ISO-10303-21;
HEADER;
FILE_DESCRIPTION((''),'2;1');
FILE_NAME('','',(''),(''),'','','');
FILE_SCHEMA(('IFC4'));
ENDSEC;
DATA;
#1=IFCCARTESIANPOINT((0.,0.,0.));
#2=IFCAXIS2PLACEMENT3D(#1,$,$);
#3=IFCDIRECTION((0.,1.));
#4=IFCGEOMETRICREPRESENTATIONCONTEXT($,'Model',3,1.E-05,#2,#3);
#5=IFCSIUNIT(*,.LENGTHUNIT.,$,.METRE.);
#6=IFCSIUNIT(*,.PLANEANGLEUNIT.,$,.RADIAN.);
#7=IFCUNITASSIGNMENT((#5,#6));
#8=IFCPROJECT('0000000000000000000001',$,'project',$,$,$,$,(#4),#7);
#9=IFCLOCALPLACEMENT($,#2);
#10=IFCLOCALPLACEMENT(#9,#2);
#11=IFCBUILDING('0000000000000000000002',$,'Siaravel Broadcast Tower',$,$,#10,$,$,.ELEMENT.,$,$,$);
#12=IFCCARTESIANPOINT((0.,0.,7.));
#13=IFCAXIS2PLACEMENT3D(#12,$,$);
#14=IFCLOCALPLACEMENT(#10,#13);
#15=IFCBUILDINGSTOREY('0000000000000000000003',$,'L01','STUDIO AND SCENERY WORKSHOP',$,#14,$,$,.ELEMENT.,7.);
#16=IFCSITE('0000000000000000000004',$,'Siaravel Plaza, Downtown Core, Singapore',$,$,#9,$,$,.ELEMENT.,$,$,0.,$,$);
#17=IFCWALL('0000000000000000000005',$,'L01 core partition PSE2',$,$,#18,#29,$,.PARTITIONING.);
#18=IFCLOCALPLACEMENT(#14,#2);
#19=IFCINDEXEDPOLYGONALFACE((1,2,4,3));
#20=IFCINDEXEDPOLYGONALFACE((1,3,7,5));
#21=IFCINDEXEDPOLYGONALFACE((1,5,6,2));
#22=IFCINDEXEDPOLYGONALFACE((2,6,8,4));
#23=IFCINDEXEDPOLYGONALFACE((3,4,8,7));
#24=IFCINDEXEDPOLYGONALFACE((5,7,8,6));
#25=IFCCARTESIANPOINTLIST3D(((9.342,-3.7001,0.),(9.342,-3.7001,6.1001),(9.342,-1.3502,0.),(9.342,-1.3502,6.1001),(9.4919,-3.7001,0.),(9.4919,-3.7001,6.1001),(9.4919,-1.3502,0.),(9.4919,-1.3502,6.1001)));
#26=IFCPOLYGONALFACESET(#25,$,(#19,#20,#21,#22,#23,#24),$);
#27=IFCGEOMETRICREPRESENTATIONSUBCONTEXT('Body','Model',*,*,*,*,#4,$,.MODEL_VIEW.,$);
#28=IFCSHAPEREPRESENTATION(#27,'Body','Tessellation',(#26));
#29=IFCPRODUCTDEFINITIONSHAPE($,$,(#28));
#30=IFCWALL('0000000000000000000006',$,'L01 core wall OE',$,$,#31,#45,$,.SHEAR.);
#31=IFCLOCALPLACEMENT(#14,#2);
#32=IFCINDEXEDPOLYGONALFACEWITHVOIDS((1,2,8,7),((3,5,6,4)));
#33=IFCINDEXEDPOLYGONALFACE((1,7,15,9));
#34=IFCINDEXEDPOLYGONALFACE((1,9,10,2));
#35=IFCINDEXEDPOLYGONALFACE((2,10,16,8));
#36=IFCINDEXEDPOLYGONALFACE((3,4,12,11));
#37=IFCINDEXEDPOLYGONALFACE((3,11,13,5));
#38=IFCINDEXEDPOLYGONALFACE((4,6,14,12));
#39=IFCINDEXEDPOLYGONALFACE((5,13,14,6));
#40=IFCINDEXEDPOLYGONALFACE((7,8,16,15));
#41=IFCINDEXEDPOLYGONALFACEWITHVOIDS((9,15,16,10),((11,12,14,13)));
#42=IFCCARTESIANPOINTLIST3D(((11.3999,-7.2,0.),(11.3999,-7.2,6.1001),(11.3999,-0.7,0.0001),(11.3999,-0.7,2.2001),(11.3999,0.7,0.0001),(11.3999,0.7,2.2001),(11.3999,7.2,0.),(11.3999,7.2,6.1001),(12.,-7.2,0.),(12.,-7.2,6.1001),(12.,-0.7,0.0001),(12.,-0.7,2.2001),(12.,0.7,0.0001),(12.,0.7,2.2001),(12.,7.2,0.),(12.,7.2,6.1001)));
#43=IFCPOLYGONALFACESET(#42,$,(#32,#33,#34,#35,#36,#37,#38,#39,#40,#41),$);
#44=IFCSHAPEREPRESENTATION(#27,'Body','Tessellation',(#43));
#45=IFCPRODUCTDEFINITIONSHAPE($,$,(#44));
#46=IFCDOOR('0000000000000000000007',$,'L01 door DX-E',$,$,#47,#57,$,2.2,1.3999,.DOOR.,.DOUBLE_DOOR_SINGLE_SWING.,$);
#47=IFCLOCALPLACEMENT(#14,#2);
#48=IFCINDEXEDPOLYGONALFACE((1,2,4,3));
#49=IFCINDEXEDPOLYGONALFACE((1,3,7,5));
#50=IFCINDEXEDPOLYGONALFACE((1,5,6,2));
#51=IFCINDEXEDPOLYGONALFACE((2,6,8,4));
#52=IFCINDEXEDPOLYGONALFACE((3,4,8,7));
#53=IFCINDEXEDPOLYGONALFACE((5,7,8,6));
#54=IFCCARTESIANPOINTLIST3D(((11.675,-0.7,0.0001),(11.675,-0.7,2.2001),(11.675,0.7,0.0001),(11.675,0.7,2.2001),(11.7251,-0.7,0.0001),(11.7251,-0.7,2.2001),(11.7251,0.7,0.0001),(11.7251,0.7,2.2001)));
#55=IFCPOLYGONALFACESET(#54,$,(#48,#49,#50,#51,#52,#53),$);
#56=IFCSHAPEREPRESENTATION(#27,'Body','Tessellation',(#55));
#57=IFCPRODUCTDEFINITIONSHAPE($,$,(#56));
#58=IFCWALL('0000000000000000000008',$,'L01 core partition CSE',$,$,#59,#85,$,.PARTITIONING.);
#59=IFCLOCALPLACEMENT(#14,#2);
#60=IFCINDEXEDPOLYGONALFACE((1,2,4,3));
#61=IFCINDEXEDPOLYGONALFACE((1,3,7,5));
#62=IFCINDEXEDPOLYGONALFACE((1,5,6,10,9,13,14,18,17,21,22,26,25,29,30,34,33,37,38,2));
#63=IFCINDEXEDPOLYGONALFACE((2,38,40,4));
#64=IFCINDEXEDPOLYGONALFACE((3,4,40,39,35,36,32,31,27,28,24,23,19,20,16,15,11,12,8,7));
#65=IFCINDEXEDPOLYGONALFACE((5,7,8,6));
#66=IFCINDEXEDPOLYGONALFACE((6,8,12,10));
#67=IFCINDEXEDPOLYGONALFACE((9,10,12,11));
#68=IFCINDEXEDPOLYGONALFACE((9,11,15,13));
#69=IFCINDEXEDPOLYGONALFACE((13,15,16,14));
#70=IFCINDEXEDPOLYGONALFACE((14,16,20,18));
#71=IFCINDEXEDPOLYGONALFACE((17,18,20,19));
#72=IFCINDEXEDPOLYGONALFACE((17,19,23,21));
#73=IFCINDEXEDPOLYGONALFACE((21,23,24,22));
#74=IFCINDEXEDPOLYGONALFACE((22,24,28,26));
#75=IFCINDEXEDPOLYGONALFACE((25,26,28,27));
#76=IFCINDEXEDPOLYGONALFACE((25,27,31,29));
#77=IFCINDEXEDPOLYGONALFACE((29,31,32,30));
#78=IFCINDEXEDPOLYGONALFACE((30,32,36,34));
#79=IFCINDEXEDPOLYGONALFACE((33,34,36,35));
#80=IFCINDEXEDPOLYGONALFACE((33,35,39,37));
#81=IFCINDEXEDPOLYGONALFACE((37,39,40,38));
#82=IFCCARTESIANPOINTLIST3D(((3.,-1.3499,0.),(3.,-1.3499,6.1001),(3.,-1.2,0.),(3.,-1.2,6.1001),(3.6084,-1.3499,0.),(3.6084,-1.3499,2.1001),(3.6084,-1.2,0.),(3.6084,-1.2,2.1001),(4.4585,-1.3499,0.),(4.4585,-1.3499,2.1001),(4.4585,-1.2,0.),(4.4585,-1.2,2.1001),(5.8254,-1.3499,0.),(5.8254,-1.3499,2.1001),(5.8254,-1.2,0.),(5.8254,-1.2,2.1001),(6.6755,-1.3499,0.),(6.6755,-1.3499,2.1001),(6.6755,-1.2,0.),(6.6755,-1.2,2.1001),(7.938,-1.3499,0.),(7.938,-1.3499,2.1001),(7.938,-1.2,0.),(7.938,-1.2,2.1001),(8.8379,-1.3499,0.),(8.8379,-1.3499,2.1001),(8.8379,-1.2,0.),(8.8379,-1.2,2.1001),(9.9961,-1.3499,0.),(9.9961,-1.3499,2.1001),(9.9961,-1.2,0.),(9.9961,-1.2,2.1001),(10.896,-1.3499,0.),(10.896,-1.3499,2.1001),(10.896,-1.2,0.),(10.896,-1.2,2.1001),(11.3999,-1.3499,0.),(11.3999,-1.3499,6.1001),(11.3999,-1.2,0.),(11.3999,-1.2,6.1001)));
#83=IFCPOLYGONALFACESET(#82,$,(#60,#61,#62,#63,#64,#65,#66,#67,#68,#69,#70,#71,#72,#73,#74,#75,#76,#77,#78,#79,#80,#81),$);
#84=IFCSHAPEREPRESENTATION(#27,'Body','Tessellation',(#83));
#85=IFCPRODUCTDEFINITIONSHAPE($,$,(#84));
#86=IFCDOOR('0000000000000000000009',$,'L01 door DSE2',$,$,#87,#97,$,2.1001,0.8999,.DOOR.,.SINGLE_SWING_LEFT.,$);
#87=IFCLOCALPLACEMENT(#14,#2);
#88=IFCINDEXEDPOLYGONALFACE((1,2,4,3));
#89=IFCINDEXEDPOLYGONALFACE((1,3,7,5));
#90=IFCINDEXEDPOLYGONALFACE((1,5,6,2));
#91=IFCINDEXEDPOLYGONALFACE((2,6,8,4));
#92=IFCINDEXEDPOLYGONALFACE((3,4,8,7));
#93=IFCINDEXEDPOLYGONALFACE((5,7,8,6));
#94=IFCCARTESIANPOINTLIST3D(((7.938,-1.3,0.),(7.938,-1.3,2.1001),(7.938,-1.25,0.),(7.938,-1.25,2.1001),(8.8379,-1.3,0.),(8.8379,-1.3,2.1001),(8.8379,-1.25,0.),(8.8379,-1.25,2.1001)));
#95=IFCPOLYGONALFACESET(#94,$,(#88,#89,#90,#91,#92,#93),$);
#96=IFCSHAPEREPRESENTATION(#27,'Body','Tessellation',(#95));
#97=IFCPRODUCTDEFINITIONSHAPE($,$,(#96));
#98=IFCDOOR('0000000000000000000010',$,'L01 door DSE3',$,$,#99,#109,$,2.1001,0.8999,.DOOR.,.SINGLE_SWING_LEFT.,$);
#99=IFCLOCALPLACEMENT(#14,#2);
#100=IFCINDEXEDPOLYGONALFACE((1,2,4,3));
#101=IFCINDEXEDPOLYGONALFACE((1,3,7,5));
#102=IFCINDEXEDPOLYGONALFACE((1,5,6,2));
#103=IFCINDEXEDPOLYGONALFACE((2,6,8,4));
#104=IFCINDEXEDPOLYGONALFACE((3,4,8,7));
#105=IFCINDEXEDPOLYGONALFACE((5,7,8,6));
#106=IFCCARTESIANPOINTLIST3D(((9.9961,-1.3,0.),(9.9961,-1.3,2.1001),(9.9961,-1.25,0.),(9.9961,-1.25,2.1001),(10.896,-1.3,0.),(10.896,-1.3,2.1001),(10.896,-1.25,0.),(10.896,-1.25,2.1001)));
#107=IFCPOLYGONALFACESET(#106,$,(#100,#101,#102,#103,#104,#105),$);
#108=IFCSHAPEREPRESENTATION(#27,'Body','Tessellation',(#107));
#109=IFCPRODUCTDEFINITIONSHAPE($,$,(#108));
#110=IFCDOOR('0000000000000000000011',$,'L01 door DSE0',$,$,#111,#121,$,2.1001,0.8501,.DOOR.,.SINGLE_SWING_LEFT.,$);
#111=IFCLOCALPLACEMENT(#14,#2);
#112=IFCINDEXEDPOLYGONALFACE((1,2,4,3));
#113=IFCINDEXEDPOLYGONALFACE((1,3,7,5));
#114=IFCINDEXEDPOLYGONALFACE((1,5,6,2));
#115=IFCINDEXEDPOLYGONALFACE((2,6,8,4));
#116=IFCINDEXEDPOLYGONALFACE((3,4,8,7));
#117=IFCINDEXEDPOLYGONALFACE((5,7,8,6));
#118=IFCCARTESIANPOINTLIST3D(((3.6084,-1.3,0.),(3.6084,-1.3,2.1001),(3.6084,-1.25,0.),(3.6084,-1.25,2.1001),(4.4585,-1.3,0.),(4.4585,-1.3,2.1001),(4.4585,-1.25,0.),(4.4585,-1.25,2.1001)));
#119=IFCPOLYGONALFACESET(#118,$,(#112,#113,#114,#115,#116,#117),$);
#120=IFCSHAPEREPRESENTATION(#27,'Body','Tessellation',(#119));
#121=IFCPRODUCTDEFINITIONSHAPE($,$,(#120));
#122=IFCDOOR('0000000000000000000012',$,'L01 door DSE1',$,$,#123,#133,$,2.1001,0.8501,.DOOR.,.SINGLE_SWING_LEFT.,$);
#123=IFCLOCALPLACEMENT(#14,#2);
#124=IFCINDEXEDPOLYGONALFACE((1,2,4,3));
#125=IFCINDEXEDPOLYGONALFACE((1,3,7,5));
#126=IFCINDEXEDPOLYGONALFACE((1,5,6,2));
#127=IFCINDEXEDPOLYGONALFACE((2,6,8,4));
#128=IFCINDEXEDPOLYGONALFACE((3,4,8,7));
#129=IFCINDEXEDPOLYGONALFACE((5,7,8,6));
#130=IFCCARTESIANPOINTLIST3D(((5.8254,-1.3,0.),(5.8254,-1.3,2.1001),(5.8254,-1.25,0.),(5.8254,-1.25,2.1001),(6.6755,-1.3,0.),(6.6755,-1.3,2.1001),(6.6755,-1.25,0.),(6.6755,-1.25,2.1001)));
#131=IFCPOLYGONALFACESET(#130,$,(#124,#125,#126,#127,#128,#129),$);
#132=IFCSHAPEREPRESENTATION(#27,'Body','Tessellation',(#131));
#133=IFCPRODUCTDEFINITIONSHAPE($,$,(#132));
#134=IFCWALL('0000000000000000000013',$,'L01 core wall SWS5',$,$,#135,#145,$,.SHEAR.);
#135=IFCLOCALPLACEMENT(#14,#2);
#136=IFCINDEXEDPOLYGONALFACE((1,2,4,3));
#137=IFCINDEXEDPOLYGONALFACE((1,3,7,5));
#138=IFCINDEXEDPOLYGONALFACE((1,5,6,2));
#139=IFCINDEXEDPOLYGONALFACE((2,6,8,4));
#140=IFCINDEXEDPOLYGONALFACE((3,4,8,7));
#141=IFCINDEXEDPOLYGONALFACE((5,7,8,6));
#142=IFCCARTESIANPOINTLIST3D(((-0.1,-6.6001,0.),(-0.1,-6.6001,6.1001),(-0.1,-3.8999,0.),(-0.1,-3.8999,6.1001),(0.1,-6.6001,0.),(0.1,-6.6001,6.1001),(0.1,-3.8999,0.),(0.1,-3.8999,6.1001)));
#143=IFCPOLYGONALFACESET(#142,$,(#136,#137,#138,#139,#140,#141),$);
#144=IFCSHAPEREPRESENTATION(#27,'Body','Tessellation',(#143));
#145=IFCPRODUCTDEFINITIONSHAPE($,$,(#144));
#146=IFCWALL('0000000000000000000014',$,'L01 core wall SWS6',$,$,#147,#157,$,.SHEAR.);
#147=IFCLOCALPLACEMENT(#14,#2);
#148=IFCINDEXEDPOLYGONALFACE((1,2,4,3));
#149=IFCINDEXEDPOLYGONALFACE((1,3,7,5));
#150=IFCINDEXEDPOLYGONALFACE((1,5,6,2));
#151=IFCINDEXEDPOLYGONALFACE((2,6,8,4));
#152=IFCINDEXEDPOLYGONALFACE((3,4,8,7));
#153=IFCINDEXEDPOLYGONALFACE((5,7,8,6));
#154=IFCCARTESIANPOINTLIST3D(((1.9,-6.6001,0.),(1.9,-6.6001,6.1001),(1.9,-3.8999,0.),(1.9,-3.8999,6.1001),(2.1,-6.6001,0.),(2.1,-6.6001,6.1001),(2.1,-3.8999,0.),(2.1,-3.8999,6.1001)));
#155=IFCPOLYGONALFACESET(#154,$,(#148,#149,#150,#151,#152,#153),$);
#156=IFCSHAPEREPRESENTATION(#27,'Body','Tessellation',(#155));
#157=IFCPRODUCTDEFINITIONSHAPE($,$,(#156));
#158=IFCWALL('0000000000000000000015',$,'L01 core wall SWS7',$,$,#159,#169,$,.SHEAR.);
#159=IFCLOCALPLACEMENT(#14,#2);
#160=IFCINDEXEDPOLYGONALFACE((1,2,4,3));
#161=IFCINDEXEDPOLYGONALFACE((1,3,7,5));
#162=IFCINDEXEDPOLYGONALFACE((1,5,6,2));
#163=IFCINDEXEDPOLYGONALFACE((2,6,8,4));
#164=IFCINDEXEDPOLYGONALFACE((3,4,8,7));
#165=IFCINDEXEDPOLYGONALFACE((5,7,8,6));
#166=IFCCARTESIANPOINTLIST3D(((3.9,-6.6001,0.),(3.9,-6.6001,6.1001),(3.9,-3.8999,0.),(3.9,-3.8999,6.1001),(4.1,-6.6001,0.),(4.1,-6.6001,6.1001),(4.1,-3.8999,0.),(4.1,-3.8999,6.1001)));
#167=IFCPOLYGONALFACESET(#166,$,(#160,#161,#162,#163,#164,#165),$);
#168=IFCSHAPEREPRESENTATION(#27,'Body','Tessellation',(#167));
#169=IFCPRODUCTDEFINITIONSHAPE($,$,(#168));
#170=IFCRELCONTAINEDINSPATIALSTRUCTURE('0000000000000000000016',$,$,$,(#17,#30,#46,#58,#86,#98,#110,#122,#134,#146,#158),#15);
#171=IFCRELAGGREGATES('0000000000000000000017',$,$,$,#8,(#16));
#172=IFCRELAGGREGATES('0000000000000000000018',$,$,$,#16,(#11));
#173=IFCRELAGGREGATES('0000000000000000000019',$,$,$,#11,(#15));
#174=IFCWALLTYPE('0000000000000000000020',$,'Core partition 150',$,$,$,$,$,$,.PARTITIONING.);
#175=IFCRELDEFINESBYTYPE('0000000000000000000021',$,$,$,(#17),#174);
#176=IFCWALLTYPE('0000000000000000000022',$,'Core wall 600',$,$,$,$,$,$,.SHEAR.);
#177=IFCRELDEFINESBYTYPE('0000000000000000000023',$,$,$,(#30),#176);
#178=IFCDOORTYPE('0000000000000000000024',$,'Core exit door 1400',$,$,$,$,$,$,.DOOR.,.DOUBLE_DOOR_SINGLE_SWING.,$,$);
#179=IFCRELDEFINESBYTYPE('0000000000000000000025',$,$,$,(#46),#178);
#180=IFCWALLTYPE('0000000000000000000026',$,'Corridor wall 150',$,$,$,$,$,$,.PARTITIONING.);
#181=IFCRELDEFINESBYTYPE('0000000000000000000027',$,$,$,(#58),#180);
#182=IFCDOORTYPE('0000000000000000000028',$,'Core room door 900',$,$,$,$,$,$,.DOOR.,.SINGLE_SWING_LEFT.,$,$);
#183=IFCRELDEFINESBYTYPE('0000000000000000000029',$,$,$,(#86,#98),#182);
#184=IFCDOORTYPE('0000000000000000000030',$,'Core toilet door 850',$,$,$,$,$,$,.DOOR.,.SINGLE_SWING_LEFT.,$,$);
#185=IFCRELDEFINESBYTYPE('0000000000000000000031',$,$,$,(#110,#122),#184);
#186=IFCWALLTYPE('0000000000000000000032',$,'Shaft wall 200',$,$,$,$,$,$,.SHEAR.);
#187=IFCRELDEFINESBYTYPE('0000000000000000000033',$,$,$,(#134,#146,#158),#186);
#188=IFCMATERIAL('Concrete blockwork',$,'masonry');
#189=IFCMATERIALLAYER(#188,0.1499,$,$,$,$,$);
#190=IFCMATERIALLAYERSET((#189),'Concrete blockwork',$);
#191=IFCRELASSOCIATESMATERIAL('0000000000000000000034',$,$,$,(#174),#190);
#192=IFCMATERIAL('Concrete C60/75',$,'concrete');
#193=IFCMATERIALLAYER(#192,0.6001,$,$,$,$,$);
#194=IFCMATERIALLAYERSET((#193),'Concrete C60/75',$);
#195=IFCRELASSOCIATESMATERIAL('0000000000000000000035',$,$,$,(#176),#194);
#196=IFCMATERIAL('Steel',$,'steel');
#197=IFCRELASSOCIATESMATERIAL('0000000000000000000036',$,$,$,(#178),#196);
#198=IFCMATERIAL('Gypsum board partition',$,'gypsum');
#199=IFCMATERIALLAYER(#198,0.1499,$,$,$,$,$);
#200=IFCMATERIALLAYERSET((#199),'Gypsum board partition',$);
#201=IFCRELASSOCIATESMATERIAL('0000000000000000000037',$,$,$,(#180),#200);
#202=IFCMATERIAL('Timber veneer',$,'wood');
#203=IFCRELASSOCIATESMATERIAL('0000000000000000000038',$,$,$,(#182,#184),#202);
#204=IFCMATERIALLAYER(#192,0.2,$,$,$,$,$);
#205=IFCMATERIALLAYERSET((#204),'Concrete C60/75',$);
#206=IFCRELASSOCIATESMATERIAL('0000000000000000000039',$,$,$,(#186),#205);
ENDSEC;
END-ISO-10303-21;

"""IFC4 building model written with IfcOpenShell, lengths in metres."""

from ifc_helpers import new_model, si_unit, direction, frame, frame_2d, origin, place, context, subcontext, project, spatial, rectangle, extrude, material, layer, layer_set, type_object, element, fill, save


model = new_model("IFC4")

# Units and contexts
model_context = context("Model", 3, precision=1e-05, world=origin(), true_north=direction((0.0, 1.0)))
body_context = subcontext(model_context, "Body", "Model", "MODEL_VIEW")
ifc_project = project(units=[si_unit("LENGTHUNIT", "METRE"), si_unit("PLANEANGLEUNIT", "RADIAN")], contexts=[model_context])

# Site, building, storey
site_placement = place(None, origin())
site = spatial("IfcSite", under=ifc_project, at=site_placement, Name="Siaravel Plaza, Downtown Core, Singapore", CompositionType="ELEMENT", RefElevation=0.0)
building_placement = place(site_placement, origin())
building = spatial("IfcBuilding", under=site, at=building_placement, Name="Siaravel Broadcast Tower", CompositionType="ELEMENT")
storey_placement = place(building_placement, frame((0.0, 0.0, 7.0)))
storey = spatial("IfcBuildingStorey", under=building, at=storey_placement, Name="L01", Description="STUDIO AND SCENERY WORKSHOP", CompositionType="ELEMENT", Elevation=7.0)

# Wall
ifc_material_1 = material(Name="Concrete blockwork", Category="masonry")
ifc_layer_1 = layer(ifc_material_1, 0.1499)
ifc_layer_set_1 = layer_set([ifc_layer_1], Name="Concrete blockwork")
wall_type_1 = type_object("IfcWallType", Name="Core partition 150", PredefinedType="PARTITIONING", material=ifc_layer_set_1)
for number, where, z_axis, x_axis, name in (
    (1, (9.417, -3.7, 0.0), (0.0, 0.0, 1.0), (0.0, 1.0, 0.0), "L01 core partition PSE2"),
):
    element("IfcWall", number, at=place(storey_placement, frame(where, z_axis=z_axis, x_axis=x_axis)), inside=storey, type_object=wall_type_1, Name=name, PredefinedType="PARTITIONING", context=body_context, shape_type="SweptSolid", body=[
        extrude(rectangle(XDim=2.3499, YDim=0.1499, at=frame_2d((1.1748, 0.0))), origin(), (0.0, 0.0, 1.0), 6.1001),
    ])

# Wall, opening, door
ifc_material_2 = material(Name="Concrete C60/75", Category="concrete")
ifc_layer_2 = layer(ifc_material_2, 0.6001)
ifc_layer_set_2 = layer_set([ifc_layer_2], Name="Concrete C60/75")
wall_type_2 = type_object("IfcWallType", Name="Core wall 600", PredefinedType="SHEAR", material=ifc_layer_set_2)
wall_1_placement = place(storey_placement, frame((11.7, -7.2, 0.0), z_axis=(0.0, 0.0, 1.0), x_axis=(0.0, 1.0, 0.0)))
wall_1 = element("IfcWall", 2, at=wall_1_placement, inside=storey, type_object=wall_type_2, Name="L01 core wall OE", PredefinedType="SHEAR", context=body_context, shape_type="SweptSolid", body=[
    extrude(rectangle(XDim=14.3999, YDim=0.6001, at=frame_2d((7.2, 0.0))), origin(), (0.0, 0.0, 1.0), 6.1001),
])
opening_1_placement = place(wall_1_placement, frame((6.5, 0.0, 0.0)))
opening_1 = element("IfcOpeningElement", 3, at=opening_1_placement, cuts=wall_1, PredefinedType="OPENING", context=body_context, shape_type="SweptSolid", body=[
    extrude(rectangle(XDim=1.3999, YDim=2.2, at=frame_2d((0.7, 1.1001))), frame((0.0, 0.3101, 0.0), z_axis=(0.0, -1.0, 0.0), x_axis=(1.0, 0.0, 0.0)), (0.0, 0.0, 1.0), 0.6201),
])
ifc_material_3 = material(Name="Steel", Category="steel")
door_type_1 = type_object("IfcDoorType", Name="Core exit door 1400", OperationType="DOUBLE_DOOR_SINGLE_SWING", PredefinedType="DOOR", material=ifc_material_3)
door_1_placement = place(opening_1_placement, origin())
door_1 = element("IfcDoor", 4, at=door_1_placement, inside=storey, type_object=door_type_1, Name="L01 door DX-E", OperationType="DOUBLE_DOOR_SINGLE_SWING", OverallHeight=2.2, OverallWidth=1.3999, PredefinedType="DOOR", context=body_context, shape_type="SweptSolid", body=[
    extrude(rectangle(XDim=1.3999, YDim=2.2, at=frame_2d((0.7, 1.1001))), frame((0.0, 0.0249, 0.0), z_axis=(0.0, -1.0, 0.0), x_axis=(1.0, 0.0, 0.0)), (0.0, 0.0, 1.0), 0.05),
])
fill(opening_1, door_1)

# Wall, openings, doors
ifc_material_4 = material(Name="Gypsum board partition", Category="gypsum")
ifc_layer_3 = layer(ifc_material_4, 0.1499)
ifc_layer_set_3 = layer_set([ifc_layer_3], Name="Gypsum board partition")
wall_type_3 = type_object("IfcWallType", Name="Corridor wall 150", PredefinedType="PARTITIONING", material=ifc_layer_set_3)
wall_2_placement = place(storey_placement, frame((3.0, -1.2749, 0.0), z_axis=(0.0, 0.0, 1.0), x_axis=(1.0, 0.0, 0.0)))
wall_2 = element("IfcWall", 5, at=wall_2_placement, inside=storey, type_object=wall_type_3, Name="L01 core partition CSE", PredefinedType="PARTITIONING", context=body_context, shape_type="SweptSolid", body=[
    extrude(rectangle(XDim=8.3999, YDim=0.1499, at=frame_2d((4.2, 0.0))), origin(), (0.0, 0.0, 1.0), 6.1001),
])
opening_2_placement = place(wall_2_placement, frame((0.6084, 0.0, 0.0)))
opening_2 = element("IfcOpeningElement", 6, at=opening_2_placement, cuts=wall_2, PredefinedType="OPENING", context=body_context, shape_type="SweptSolid", body=[
    extrude(rectangle(XDim=0.8501, YDim=2.1001, at=frame_2d((0.425, 1.05))), frame((0.0, 0.085, 0.0), z_axis=(0.0, -1.0, 0.0), x_axis=(1.0, 0.0, 0.0)), (0.0, 0.0, 1.0), 0.1699),
])
opening_3_placement = place(wall_2_placement, frame((2.8254, 0.0, 0.0)))
opening_3 = element("IfcOpeningElement", 7, at=opening_3_placement, cuts=wall_2, PredefinedType="OPENING", context=body_context, shape_type="SweptSolid", body=[
    extrude(rectangle(XDim=0.8501, YDim=2.1001, at=frame_2d((0.425, 1.05))), frame((0.0, 0.085, 0.0), z_axis=(0.0, -1.0, 0.0), x_axis=(1.0, 0.0, 0.0)), (0.0, 0.0, 1.0), 0.1699),
])
opening_4_placement = place(wall_2_placement, frame((4.938, 0.0, 0.0)))
opening_4 = element("IfcOpeningElement", 8, at=opening_4_placement, cuts=wall_2, PredefinedType="OPENING", context=body_context, shape_type="SweptSolid", body=[
    extrude(rectangle(XDim=0.8999, YDim=2.1001, at=frame_2d((0.45, 1.05))), frame((0.0, 0.085, 0.0), z_axis=(0.0, -1.0, 0.0), x_axis=(1.0, 0.0, 0.0)), (0.0, 0.0, 1.0), 0.1699),
])
opening_5_placement = place(wall_2_placement, frame((6.9961, 0.0, 0.0)))
opening_5 = element("IfcOpeningElement", 9, at=opening_5_placement, cuts=wall_2, PredefinedType="OPENING", context=body_context, shape_type="SweptSolid", body=[
    extrude(rectangle(XDim=0.8999, YDim=2.1001, at=frame_2d((0.45, 1.05))), frame((0.0, 0.085, 0.0), z_axis=(0.0, -1.0, 0.0), x_axis=(1.0, 0.0, 0.0)), (0.0, 0.0, 1.0), 0.1699),
])
ifc_material_5 = material(Name="Timber veneer", Category="wood")
door_type_2 = type_object("IfcDoorType", Name="Core room door 900", OperationType="SINGLE_SWING_LEFT", PredefinedType="DOOR", material=ifc_material_5)
door_2_placement = place(opening_4_placement, origin())
door_2 = element("IfcDoor", 10, at=door_2_placement, inside=storey, type_object=door_type_2, Name="L01 door DSE2", OperationType="SINGLE_SWING_LEFT", OverallHeight=2.1001, OverallWidth=0.8999, PredefinedType="DOOR", context=body_context, shape_type="SweptSolid", body=[
    extrude(rectangle(XDim=0.8999, YDim=2.1001, at=frame_2d((0.45, 1.05))), frame((0.0, 0.0249, 0.0), z_axis=(0.0, -1.0, 0.0), x_axis=(1.0, 0.0, 0.0)), (0.0, 0.0, 1.0), 0.05),
])
fill(opening_4, door_2)
door_3_placement = place(opening_5_placement, origin())
door_3 = element("IfcDoor", 11, at=door_3_placement, inside=storey, type_object=door_type_2, Name="L01 door DSE3", OperationType="SINGLE_SWING_LEFT", OverallHeight=2.1001, OverallWidth=0.8999, PredefinedType="DOOR", context=body_context, shape_type="SweptSolid", body=[
    extrude(rectangle(XDim=0.8999, YDim=2.1001, at=frame_2d((0.45, 1.05))), frame((0.0, 0.0249, 0.0), z_axis=(0.0, -1.0, 0.0), x_axis=(1.0, 0.0, 0.0)), (0.0, 0.0, 1.0), 0.05),
])
fill(opening_5, door_3)
door_type_3 = type_object("IfcDoorType", Name="Core toilet door 850", OperationType="SINGLE_SWING_LEFT", PredefinedType="DOOR", material=ifc_material_5)
door_4_placement = place(opening_2_placement, origin())
door_4 = element("IfcDoor", 12, at=door_4_placement, inside=storey, type_object=door_type_3, Name="L01 door DSE0", OperationType="SINGLE_SWING_LEFT", OverallHeight=2.1001, OverallWidth=0.8501, PredefinedType="DOOR", context=body_context, shape_type="SweptSolid", body=[
    extrude(rectangle(XDim=0.8501, YDim=2.1001, at=frame_2d((0.425, 1.05))), frame((0.0, 0.0249, 0.0), z_axis=(0.0, -1.0, 0.0), x_axis=(1.0, 0.0, 0.0)), (0.0, 0.0, 1.0), 0.05),
])
fill(opening_2, door_4)
door_5_placement = place(opening_3_placement, origin())
door_5 = element("IfcDoor", 13, at=door_5_placement, inside=storey, type_object=door_type_3, Name="L01 door DSE1", OperationType="SINGLE_SWING_LEFT", OverallHeight=2.1001, OverallWidth=0.8501, PredefinedType="DOOR", context=body_context, shape_type="SweptSolid", body=[
    extrude(rectangle(XDim=0.8501, YDim=2.1001, at=frame_2d((0.425, 1.05))), frame((0.0, 0.0249, 0.0), z_axis=(0.0, -1.0, 0.0), x_axis=(1.0, 0.0, 0.0)), (0.0, 0.0, 1.0), 0.05),
])
fill(opening_3, door_5)

# Walls
ifc_layer_4 = layer(ifc_material_2, 0.2)
ifc_layer_set_4 = layer_set([ifc_layer_4], Name="Concrete C60/75")
wall_type_4 = type_object("IfcWallType", Name="Shaft wall 200", PredefinedType="SHEAR", material=ifc_layer_set_4)
for number, where, z_axis, x_axis, name in (
    (14, (0.0, -6.6001, 0.0), (0.0, 0.0, 1.0), (0.0, 1.0, 0.0), "L01 core wall SWS5"),
    (15, (2.0, -6.6001, 0.0), (0.0, 0.0, 1.0), (0.0, 1.0, 0.0), "L01 core wall SWS6"),
    (16, (4.0, -6.6001, 0.0), (0.0, 0.0, 1.0), (0.0, 1.0, 0.0), "L01 core wall SWS7"),
):
    element("IfcWall", number, at=place(storey_placement, frame(where, z_axis=z_axis, x_axis=x_axis)), inside=storey, type_object=wall_type_4, Name=name, PredefinedType="SHEAR", context=body_context, shape_type="SweptSolid", body=[
        extrude(rectangle(XDim=2.7002, YDim=0.2, at=frame_2d((1.3501, 0.0))), origin(), (0.0, 0.0, 1.0), 6.1001),
    ])

save(model, "model.ifc")
